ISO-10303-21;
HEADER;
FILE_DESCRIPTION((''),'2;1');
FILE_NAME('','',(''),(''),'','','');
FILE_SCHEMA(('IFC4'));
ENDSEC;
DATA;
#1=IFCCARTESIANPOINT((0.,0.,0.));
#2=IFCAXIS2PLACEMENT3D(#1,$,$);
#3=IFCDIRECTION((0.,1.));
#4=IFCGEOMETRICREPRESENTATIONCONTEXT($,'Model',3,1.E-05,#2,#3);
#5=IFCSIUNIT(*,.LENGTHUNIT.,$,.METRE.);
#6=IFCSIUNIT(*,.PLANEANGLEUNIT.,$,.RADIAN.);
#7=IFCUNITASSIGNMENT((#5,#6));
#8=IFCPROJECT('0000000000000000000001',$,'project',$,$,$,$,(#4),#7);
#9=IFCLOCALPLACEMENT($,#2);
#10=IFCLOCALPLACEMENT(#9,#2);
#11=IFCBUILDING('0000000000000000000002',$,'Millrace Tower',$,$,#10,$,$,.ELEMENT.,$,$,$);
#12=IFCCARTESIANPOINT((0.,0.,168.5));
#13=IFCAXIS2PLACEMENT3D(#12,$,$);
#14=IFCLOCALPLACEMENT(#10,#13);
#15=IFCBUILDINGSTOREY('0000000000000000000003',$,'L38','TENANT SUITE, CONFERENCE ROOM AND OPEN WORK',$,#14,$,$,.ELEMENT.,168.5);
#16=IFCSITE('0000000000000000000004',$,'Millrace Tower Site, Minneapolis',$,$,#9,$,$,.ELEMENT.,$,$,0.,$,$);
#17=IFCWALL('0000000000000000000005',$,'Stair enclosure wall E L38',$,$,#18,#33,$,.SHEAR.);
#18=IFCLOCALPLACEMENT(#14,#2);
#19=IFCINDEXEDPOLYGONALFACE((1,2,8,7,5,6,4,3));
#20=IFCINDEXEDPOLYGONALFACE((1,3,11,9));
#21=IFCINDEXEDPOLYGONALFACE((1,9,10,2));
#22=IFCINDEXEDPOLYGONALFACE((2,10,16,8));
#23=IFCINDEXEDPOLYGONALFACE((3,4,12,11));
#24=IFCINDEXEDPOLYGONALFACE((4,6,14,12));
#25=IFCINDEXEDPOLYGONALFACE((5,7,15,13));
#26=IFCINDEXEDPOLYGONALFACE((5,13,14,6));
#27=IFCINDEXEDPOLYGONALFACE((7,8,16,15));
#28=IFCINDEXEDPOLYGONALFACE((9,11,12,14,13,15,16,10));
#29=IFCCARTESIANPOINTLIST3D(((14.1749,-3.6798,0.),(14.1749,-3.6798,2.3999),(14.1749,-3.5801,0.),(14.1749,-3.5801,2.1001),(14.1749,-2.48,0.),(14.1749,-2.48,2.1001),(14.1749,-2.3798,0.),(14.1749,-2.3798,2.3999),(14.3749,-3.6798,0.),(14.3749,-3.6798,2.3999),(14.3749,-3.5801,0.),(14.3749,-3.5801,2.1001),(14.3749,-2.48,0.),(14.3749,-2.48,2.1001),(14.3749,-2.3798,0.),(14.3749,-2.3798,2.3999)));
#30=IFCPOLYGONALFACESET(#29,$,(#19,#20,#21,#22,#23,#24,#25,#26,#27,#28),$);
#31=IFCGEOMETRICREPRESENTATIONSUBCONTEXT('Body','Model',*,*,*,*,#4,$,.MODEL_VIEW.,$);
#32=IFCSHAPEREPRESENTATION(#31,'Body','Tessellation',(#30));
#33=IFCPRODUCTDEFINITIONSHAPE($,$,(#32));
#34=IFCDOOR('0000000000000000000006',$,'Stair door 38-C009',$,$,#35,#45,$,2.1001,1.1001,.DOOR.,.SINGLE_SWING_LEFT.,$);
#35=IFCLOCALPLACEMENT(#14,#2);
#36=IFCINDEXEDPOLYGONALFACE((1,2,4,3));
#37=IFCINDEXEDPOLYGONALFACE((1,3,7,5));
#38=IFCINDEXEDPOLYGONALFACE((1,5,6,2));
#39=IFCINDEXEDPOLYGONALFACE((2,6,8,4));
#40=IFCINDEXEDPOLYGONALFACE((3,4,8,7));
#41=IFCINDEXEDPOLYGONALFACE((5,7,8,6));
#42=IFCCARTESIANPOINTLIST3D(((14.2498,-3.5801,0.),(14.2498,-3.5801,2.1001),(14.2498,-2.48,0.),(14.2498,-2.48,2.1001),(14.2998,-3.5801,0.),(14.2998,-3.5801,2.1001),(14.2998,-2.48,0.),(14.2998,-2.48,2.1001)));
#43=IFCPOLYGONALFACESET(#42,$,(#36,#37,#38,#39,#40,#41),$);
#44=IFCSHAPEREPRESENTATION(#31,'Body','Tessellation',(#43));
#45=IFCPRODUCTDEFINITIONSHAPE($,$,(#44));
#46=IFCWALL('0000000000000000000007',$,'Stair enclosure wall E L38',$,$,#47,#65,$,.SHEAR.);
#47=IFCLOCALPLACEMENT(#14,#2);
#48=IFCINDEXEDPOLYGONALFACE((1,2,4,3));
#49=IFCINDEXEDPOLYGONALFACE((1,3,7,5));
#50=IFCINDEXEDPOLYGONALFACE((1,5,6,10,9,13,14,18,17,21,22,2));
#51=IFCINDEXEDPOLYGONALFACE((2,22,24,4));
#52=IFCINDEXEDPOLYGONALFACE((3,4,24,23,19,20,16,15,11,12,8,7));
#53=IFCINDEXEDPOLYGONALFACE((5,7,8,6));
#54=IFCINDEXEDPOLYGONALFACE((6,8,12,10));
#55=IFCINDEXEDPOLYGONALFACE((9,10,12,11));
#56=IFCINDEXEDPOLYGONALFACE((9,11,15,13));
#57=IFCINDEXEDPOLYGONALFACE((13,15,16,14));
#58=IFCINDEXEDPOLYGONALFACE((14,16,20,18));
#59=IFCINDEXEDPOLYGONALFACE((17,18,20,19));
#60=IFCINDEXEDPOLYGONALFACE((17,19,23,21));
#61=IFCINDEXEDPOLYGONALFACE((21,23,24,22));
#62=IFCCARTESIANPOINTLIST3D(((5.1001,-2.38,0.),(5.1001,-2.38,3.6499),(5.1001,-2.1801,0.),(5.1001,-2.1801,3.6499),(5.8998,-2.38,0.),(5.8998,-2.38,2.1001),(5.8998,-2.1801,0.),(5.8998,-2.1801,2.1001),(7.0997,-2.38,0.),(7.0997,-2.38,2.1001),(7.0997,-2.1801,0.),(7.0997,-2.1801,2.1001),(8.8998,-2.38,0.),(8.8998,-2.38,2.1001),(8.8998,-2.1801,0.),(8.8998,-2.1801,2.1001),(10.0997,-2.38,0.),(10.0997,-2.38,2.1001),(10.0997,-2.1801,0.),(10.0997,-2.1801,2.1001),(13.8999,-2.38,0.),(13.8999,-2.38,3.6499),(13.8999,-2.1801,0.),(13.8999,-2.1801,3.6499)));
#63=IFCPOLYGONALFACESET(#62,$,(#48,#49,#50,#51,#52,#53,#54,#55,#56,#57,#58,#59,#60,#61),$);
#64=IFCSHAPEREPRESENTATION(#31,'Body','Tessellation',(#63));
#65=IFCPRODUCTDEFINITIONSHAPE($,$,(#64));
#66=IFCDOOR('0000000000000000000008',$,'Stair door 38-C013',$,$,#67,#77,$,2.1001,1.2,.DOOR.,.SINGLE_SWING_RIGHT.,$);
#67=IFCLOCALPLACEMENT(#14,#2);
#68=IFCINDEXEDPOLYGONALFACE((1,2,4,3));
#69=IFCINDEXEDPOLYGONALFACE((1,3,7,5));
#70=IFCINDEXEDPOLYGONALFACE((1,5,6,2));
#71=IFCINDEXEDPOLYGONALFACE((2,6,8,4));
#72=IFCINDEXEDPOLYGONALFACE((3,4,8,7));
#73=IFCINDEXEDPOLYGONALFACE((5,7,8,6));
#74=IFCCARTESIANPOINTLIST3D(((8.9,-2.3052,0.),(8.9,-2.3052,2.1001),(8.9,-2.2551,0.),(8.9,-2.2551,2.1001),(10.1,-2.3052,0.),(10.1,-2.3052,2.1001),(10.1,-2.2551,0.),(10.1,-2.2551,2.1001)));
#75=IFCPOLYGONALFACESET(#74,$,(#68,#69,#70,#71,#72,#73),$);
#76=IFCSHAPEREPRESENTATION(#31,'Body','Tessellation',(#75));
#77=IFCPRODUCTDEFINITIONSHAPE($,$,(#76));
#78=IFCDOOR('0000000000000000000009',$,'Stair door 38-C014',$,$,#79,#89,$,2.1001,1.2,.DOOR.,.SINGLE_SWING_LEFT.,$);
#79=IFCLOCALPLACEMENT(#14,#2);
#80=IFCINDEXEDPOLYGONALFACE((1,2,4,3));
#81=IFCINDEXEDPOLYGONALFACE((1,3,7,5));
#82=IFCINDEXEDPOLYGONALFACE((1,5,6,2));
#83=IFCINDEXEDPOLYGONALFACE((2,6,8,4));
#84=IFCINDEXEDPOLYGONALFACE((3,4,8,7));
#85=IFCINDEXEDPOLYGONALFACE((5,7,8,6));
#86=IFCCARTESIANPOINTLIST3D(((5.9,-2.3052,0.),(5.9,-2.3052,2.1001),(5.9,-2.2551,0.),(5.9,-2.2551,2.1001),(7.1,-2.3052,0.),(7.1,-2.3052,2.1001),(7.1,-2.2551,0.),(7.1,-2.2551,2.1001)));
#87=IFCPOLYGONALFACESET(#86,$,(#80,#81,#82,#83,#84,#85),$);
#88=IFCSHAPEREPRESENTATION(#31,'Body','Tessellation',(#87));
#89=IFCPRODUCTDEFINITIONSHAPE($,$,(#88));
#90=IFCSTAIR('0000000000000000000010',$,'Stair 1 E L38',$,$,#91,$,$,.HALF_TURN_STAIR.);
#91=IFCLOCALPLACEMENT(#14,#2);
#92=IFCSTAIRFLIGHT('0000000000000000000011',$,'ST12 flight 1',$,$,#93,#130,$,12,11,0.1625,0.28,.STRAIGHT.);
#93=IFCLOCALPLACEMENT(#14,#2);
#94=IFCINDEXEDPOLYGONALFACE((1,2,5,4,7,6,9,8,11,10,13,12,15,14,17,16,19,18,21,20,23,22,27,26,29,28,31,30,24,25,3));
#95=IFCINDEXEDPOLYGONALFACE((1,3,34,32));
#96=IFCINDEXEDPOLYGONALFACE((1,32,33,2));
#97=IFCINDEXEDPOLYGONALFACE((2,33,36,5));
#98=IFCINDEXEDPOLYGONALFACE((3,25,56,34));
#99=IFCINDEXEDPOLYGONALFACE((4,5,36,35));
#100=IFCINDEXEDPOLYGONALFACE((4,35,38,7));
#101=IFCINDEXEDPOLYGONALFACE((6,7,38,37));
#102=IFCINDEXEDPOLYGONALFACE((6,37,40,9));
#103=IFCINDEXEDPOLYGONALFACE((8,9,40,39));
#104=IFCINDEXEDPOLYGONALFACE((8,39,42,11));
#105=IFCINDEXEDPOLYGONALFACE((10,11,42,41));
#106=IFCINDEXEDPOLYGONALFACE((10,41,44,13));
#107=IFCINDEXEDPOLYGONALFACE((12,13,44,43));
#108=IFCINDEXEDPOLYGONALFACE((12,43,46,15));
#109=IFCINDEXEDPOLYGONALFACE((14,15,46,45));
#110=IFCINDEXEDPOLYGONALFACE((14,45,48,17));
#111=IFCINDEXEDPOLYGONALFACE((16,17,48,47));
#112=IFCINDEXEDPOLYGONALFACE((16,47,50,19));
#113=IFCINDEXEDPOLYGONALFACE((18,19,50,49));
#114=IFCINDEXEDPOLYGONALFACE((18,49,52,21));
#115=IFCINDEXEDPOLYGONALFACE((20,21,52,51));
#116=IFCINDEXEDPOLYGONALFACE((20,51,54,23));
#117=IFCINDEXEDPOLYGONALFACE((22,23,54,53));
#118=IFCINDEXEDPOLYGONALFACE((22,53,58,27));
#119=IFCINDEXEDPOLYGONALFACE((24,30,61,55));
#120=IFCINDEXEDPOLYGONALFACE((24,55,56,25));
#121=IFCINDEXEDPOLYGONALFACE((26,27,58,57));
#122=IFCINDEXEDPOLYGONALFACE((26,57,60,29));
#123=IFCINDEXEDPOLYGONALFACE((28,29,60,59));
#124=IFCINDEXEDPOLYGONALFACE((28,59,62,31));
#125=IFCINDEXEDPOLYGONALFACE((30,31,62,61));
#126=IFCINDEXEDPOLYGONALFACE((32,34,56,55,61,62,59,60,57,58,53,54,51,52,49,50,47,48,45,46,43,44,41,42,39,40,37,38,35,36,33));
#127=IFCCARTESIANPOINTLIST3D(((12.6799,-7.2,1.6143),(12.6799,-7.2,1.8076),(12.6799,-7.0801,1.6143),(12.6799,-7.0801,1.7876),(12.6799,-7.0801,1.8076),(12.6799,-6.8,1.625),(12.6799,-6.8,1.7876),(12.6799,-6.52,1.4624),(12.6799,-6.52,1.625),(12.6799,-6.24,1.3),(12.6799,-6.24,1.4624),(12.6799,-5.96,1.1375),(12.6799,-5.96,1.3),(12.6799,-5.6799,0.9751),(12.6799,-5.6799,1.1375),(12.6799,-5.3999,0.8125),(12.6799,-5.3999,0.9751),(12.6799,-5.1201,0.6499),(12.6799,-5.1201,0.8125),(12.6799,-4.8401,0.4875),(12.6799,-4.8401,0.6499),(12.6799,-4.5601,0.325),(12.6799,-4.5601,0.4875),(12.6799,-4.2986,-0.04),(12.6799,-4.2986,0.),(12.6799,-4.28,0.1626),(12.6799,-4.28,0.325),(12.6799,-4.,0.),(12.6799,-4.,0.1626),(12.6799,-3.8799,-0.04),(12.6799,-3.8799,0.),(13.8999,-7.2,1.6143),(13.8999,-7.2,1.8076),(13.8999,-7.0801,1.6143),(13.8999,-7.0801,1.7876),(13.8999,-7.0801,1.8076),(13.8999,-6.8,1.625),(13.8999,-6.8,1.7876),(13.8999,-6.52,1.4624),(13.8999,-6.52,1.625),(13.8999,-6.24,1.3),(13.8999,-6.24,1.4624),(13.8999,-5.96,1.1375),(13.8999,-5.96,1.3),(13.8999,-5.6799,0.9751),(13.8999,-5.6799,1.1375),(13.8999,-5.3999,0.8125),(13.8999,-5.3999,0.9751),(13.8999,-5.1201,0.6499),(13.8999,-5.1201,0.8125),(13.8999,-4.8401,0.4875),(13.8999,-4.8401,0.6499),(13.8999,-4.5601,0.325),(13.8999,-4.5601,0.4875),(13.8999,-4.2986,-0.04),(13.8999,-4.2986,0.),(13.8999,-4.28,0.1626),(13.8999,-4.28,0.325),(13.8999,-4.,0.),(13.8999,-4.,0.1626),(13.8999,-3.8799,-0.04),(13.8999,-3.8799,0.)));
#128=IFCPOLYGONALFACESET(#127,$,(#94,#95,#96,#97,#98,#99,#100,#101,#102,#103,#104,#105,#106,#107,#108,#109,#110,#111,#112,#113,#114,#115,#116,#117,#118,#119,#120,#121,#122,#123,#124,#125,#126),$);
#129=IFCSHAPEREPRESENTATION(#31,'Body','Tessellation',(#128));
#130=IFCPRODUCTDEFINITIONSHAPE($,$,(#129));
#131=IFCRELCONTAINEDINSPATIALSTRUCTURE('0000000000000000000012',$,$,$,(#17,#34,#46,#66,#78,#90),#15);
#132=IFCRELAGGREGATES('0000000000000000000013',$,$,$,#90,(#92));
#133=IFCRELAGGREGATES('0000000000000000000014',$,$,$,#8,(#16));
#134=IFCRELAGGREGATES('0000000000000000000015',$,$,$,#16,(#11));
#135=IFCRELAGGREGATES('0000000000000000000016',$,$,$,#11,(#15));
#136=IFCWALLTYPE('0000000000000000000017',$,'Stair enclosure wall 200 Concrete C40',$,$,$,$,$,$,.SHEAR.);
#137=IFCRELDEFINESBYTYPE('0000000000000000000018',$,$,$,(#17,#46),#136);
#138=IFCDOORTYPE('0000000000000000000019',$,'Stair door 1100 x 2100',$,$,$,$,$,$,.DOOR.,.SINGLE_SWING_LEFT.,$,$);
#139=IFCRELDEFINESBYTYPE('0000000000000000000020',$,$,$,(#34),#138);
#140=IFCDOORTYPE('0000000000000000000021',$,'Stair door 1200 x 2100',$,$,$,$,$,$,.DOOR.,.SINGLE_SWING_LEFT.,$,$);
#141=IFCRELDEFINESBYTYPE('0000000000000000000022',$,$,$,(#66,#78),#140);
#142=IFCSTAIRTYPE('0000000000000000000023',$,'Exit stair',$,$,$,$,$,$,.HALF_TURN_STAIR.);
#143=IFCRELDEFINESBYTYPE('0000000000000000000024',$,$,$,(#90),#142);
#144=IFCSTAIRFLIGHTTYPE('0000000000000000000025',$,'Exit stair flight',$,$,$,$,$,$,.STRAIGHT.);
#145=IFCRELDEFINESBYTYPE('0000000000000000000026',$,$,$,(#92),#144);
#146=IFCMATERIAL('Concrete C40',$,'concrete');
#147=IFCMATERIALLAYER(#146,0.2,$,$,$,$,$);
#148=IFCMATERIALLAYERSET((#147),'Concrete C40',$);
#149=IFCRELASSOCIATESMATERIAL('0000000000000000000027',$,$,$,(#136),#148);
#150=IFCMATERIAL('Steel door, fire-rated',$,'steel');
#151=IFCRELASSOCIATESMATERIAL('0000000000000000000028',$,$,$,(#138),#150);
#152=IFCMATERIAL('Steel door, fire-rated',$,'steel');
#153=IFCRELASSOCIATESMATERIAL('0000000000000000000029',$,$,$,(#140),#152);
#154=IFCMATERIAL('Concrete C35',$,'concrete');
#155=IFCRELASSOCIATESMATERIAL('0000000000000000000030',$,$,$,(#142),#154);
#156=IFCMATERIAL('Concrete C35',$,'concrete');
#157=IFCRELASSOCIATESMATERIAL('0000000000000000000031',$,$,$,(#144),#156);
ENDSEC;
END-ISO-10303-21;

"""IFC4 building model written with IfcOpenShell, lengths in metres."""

from ifc_helpers import new_model, si_unit, direction, frame, frame_2d, origin, place, context, subcontext, project, spatial, polyline, rectangle, outline, extrude, material, layer, layer_set, type_object, element, fill, aggregate, save


model = new_model("IFC4")

# Units and contexts
model_context = context("Model", 3, precision=1e-05, world=origin(), true_north=direction((0.0, 1.0)))
body_context = subcontext(model_context, "Body", "Model", "MODEL_VIEW")
ifc_project = project(units=[si_unit("LENGTHUNIT", "METRE"), si_unit("PLANEANGLEUNIT", "RADIAN")], contexts=[model_context])

# Site, building, storey
site_placement = place(None, origin())
site = spatial("IfcSite", under=ifc_project, at=site_placement, Name="Millrace Tower Site, Minneapolis", CompositionType="ELEMENT", RefElevation=0.0)
building_placement = place(site_placement, origin())
building = spatial("IfcBuilding", under=site, at=building_placement, Name="Millrace Tower", CompositionType="ELEMENT")
storey_placement = place(building_placement, frame((0.0, 0.0, 168.5)))
storey = spatial("IfcBuildingStorey", under=building, at=storey_placement, Name="L38", Description="TENANT SUITE, CONFERENCE ROOM AND OPEN WORK", CompositionType="ELEMENT", Elevation=168.5)

# Shared definitions
placement = place(storey_placement, origin())

# Wall, opening, door
ifc_material_1 = material(Name="Concrete C40", Category="concrete")
ifc_layer_1 = layer(ifc_material_1, 0.2)
ifc_layer_set_1 = layer_set([ifc_layer_1], Name="Concrete C40")
wall_type_1 = type_object("IfcWallType", Name="Stair enclosure wall 200 Concrete C40", PredefinedType="SHEAR", material=ifc_layer_set_1)
wall_1_placement = place(storey_placement, frame((14.2749, -2.3799, 0.0), z_axis=(0.0, 0.0, 1.0), x_axis=(0.0, -1.0, 0.0)))
wall_1 = element("IfcWall", 1, at=wall_1_placement, inside=storey, type_object=wall_type_1, Name="Stair enclosure wall E L38", PredefinedType="SHEAR", context=body_context, shape_type="SweptSolid", body=[
    extrude(rectangle(XDim=1.3, YDim=0.2, at=frame_2d((0.6499, 0.0))), origin(), (0.0, 0.0, 1.0), 2.3999),
])
opening_1_placement = place(wall_1_placement, frame((0.1001, 0.0, 0.0)))
opening_1 = element("IfcOpeningElement", 2, at=opening_1_placement, cuts=wall_1, PredefinedType="OPENING", context=body_context, shape_type="SweptSolid", body=[
    extrude(rectangle(XDim=1.1001, YDim=2.1001, at=frame_2d((0.55, 1.05))), frame((0.0, 0.1099, 0.0), z_axis=(0.0, -1.0, 0.0), x_axis=(1.0, 0.0, 0.0)), (0.0, 0.0, 1.0), 0.22),
])
ifc_material_2 = material(Name="Steel door, fire-rated", Category="steel")
door_type_1 = type_object("IfcDoorType", Name="Stair door 1100 x 2100", OperationType="SINGLE_SWING_LEFT", PredefinedType="DOOR", material=ifc_material_2)
door_1_placement = place(opening_1_placement, origin())
door_1 = element("IfcDoor", 3, at=door_1_placement, inside=storey, type_object=door_type_1, Name="Stair door 38-C009", OperationType="SINGLE_SWING_LEFT", OverallHeight=2.1001, OverallWidth=1.1001, PredefinedType="DOOR", context=body_context, shape_type="SweptSolid", body=[
    extrude(rectangle(XDim=1.1001, YDim=2.1001, at=frame_2d((0.55, 1.05))), frame((0.0, 0.0249, 0.0), z_axis=(0.0, -1.0, 0.0), x_axis=(1.0, 0.0, 0.0)), (0.0, 0.0, 1.0), 0.05),
])
fill(opening_1, door_1)

# Wall, openings, doors
wall_2_placement = place(storey_placement, frame((13.8999, -2.28, 0.0), z_axis=(0.0, 0.0, 1.0), x_axis=(-1.0, 0.0, 0.0)))
wall_2 = element("IfcWall", 4, at=wall_2_placement, inside=storey, type_object=wall_type_1, Name="Stair enclosure wall E L38", PredefinedType="SHEAR", context=body_context, shape_type="SweptSolid", body=[
    extrude(rectangle(XDim=8.7998, YDim=0.2, at=frame_2d((4.3999, 0.0))), origin(), (0.0, 0.0, 1.0), 3.6499),
])
opening_2_placement = place(wall_2_placement, frame((3.8, 0.0, 0.0)))
opening_2 = element("IfcOpeningElement", 5, at=opening_2_placement, cuts=wall_2, PredefinedType="OPENING", context=body_context, shape_type="SweptSolid", body=[
    extrude(rectangle(XDim=1.2, YDim=2.1001, at=frame_2d((0.6001, 1.05))), frame((0.0, 0.1099, 0.0), z_axis=(0.0, -1.0, 0.0), x_axis=(1.0, 0.0, 0.0)), (0.0, 0.0, 1.0), 0.22),
])
opening_3_placement = place(wall_2_placement, frame((6.8, 0.0, 0.0)))
opening_3 = element("IfcOpeningElement", 6, at=opening_3_placement, cuts=wall_2, PredefinedType="OPENING", context=body_context, shape_type="SweptSolid", body=[
    extrude(rectangle(XDim=1.2, YDim=2.1001, at=frame_2d((0.6001, 1.05))), frame((0.0, 0.1099, 0.0), z_axis=(0.0, -1.0, 0.0), x_axis=(1.0, 0.0, 0.0)), (0.0, 0.0, 1.0), 0.22),
])
ifc_material_3 = material(Name="Steel door, fire-rated", Category="steel")
door_type_2 = type_object("IfcDoorType", Name="Stair door 1200 x 2100", OperationType="SINGLE_SWING_LEFT", PredefinedType="DOOR", material=ifc_material_3)
door_2_placement = place(opening_2_placement, frame((1.2, 0.0, 0.0), z_axis=(0.0, 0.0, 1.0), x_axis=(-1.0, 0.0, 0.0)))
door_2 = element("IfcDoor", 7, at=door_2_placement, inside=storey, type_object=door_type_2, Name="Stair door 38-C013", OperationType="SINGLE_SWING_RIGHT", OverallHeight=2.1001, OverallWidth=1.2, PredefinedType="DOOR", context=body_context, shape_type="SweptSolid", body=[
    extrude(rectangle(XDim=1.2, YDim=2.1001, at=frame_2d((0.6001, 1.05))), frame((0.0, 0.0249, 0.0), z_axis=(0.0, -1.0, 0.0), x_axis=(1.0, 0.0, 0.0)), (0.0, 0.0, 1.0), 0.05),
])
fill(opening_2, door_2)
door_3_placement = place(opening_3_placement, frame((1.2, 0.0, 0.0), z_axis=(0.0, 0.0, 1.0), x_axis=(-1.0, 0.0, 0.0)))
door_3 = element("IfcDoor", 8, at=door_3_placement, inside=storey, type_object=door_type_2, Name="Stair door 38-C014", OperationType="SINGLE_SWING_LEFT", OverallHeight=2.1001, OverallWidth=1.2, PredefinedType="DOOR", context=body_context, shape_type="SweptSolid", body=[
    extrude(rectangle(XDim=1.2, YDim=2.1001, at=frame_2d((0.6001, 1.05))), frame((0.0, 0.0249, 0.0), z_axis=(0.0, -1.0, 0.0), x_axis=(1.0, 0.0, 0.0)), (0.0, 0.0, 1.0), 0.05),
])
fill(opening_3, door_3)

# Stair, stair flight
ifc_material_4 = material(Name="Concrete C35", Category="concrete")
stair_type = type_object("IfcStairType", Name="Exit stair", PredefinedType="HALF_TURN_STAIR", material=ifc_material_4)
stair = element("IfcStair", 9, at=placement, inside=storey, type_object=stair_type, Name="Stair 1 E L38", PredefinedType="HALF_TURN_STAIR")
ifc_material_5 = material(Name="Concrete C35", Category="concrete")
stair_flight_type = type_object("IfcStairFlightType", Name="Exit stair flight", PredefinedType="STRAIGHT", material=ifc_material_5)
stair_flight_placement = place(storey_placement, frame((13.29, -4.0, 0.0), z_axis=(0.0, 0.0, 1.0), x_axis=(0.0, -1.0, 0.0)))
stair_flight = element("IfcStairFlight", 10, at=stair_flight_placement, type_object=stair_flight_type, Name="ST12 flight 1", NumberOfRisers=12, NumberOfTreads=11, PredefinedType="STRAIGHT", RiserHeight=0.1625, TreadLength=0.28, context=body_context, shape_type="SweptSolid", body=[
    extrude(outline(polyline([(-0.1201, -0.04), (-0.1201, 0.0), (0.0, 0.0), (0.0, 0.1626), (0.28, 0.1626), (0.28, 0.325), (0.5601, 0.325), (0.5601, 0.4875), (0.8401, 0.4875), (0.8401, 0.6499), (1.1201, 0.6499), (1.1201, 0.8125), (1.3999, 0.8125), (1.3999, 0.9751), (1.6799, 0.9751), (1.6799, 1.1375), (1.96, 1.1375), (1.96, 1.3), (2.24, 1.3), (2.24, 1.4624), (2.52, 1.4624), (2.52, 1.625), (2.8, 1.625), (2.8, 1.7876), (3.0801, 1.7876), (3.0801, 1.8076), (3.2, 1.8076), (3.2, 1.6143), (3.0801, 1.6143), (0.2986, 0.0), (0.2986, -0.04), (-0.1201, -0.04)])), frame((0.0, 0.6099, 0.0), z_axis=(0.0, -1.0, 0.0), x_axis=(1.0, 0.0, 0.0)), (0.0, 0.0, 1.0), 1.22),
])
aggregate(stair, [stair_flight])

save(model, "model.ifc")
